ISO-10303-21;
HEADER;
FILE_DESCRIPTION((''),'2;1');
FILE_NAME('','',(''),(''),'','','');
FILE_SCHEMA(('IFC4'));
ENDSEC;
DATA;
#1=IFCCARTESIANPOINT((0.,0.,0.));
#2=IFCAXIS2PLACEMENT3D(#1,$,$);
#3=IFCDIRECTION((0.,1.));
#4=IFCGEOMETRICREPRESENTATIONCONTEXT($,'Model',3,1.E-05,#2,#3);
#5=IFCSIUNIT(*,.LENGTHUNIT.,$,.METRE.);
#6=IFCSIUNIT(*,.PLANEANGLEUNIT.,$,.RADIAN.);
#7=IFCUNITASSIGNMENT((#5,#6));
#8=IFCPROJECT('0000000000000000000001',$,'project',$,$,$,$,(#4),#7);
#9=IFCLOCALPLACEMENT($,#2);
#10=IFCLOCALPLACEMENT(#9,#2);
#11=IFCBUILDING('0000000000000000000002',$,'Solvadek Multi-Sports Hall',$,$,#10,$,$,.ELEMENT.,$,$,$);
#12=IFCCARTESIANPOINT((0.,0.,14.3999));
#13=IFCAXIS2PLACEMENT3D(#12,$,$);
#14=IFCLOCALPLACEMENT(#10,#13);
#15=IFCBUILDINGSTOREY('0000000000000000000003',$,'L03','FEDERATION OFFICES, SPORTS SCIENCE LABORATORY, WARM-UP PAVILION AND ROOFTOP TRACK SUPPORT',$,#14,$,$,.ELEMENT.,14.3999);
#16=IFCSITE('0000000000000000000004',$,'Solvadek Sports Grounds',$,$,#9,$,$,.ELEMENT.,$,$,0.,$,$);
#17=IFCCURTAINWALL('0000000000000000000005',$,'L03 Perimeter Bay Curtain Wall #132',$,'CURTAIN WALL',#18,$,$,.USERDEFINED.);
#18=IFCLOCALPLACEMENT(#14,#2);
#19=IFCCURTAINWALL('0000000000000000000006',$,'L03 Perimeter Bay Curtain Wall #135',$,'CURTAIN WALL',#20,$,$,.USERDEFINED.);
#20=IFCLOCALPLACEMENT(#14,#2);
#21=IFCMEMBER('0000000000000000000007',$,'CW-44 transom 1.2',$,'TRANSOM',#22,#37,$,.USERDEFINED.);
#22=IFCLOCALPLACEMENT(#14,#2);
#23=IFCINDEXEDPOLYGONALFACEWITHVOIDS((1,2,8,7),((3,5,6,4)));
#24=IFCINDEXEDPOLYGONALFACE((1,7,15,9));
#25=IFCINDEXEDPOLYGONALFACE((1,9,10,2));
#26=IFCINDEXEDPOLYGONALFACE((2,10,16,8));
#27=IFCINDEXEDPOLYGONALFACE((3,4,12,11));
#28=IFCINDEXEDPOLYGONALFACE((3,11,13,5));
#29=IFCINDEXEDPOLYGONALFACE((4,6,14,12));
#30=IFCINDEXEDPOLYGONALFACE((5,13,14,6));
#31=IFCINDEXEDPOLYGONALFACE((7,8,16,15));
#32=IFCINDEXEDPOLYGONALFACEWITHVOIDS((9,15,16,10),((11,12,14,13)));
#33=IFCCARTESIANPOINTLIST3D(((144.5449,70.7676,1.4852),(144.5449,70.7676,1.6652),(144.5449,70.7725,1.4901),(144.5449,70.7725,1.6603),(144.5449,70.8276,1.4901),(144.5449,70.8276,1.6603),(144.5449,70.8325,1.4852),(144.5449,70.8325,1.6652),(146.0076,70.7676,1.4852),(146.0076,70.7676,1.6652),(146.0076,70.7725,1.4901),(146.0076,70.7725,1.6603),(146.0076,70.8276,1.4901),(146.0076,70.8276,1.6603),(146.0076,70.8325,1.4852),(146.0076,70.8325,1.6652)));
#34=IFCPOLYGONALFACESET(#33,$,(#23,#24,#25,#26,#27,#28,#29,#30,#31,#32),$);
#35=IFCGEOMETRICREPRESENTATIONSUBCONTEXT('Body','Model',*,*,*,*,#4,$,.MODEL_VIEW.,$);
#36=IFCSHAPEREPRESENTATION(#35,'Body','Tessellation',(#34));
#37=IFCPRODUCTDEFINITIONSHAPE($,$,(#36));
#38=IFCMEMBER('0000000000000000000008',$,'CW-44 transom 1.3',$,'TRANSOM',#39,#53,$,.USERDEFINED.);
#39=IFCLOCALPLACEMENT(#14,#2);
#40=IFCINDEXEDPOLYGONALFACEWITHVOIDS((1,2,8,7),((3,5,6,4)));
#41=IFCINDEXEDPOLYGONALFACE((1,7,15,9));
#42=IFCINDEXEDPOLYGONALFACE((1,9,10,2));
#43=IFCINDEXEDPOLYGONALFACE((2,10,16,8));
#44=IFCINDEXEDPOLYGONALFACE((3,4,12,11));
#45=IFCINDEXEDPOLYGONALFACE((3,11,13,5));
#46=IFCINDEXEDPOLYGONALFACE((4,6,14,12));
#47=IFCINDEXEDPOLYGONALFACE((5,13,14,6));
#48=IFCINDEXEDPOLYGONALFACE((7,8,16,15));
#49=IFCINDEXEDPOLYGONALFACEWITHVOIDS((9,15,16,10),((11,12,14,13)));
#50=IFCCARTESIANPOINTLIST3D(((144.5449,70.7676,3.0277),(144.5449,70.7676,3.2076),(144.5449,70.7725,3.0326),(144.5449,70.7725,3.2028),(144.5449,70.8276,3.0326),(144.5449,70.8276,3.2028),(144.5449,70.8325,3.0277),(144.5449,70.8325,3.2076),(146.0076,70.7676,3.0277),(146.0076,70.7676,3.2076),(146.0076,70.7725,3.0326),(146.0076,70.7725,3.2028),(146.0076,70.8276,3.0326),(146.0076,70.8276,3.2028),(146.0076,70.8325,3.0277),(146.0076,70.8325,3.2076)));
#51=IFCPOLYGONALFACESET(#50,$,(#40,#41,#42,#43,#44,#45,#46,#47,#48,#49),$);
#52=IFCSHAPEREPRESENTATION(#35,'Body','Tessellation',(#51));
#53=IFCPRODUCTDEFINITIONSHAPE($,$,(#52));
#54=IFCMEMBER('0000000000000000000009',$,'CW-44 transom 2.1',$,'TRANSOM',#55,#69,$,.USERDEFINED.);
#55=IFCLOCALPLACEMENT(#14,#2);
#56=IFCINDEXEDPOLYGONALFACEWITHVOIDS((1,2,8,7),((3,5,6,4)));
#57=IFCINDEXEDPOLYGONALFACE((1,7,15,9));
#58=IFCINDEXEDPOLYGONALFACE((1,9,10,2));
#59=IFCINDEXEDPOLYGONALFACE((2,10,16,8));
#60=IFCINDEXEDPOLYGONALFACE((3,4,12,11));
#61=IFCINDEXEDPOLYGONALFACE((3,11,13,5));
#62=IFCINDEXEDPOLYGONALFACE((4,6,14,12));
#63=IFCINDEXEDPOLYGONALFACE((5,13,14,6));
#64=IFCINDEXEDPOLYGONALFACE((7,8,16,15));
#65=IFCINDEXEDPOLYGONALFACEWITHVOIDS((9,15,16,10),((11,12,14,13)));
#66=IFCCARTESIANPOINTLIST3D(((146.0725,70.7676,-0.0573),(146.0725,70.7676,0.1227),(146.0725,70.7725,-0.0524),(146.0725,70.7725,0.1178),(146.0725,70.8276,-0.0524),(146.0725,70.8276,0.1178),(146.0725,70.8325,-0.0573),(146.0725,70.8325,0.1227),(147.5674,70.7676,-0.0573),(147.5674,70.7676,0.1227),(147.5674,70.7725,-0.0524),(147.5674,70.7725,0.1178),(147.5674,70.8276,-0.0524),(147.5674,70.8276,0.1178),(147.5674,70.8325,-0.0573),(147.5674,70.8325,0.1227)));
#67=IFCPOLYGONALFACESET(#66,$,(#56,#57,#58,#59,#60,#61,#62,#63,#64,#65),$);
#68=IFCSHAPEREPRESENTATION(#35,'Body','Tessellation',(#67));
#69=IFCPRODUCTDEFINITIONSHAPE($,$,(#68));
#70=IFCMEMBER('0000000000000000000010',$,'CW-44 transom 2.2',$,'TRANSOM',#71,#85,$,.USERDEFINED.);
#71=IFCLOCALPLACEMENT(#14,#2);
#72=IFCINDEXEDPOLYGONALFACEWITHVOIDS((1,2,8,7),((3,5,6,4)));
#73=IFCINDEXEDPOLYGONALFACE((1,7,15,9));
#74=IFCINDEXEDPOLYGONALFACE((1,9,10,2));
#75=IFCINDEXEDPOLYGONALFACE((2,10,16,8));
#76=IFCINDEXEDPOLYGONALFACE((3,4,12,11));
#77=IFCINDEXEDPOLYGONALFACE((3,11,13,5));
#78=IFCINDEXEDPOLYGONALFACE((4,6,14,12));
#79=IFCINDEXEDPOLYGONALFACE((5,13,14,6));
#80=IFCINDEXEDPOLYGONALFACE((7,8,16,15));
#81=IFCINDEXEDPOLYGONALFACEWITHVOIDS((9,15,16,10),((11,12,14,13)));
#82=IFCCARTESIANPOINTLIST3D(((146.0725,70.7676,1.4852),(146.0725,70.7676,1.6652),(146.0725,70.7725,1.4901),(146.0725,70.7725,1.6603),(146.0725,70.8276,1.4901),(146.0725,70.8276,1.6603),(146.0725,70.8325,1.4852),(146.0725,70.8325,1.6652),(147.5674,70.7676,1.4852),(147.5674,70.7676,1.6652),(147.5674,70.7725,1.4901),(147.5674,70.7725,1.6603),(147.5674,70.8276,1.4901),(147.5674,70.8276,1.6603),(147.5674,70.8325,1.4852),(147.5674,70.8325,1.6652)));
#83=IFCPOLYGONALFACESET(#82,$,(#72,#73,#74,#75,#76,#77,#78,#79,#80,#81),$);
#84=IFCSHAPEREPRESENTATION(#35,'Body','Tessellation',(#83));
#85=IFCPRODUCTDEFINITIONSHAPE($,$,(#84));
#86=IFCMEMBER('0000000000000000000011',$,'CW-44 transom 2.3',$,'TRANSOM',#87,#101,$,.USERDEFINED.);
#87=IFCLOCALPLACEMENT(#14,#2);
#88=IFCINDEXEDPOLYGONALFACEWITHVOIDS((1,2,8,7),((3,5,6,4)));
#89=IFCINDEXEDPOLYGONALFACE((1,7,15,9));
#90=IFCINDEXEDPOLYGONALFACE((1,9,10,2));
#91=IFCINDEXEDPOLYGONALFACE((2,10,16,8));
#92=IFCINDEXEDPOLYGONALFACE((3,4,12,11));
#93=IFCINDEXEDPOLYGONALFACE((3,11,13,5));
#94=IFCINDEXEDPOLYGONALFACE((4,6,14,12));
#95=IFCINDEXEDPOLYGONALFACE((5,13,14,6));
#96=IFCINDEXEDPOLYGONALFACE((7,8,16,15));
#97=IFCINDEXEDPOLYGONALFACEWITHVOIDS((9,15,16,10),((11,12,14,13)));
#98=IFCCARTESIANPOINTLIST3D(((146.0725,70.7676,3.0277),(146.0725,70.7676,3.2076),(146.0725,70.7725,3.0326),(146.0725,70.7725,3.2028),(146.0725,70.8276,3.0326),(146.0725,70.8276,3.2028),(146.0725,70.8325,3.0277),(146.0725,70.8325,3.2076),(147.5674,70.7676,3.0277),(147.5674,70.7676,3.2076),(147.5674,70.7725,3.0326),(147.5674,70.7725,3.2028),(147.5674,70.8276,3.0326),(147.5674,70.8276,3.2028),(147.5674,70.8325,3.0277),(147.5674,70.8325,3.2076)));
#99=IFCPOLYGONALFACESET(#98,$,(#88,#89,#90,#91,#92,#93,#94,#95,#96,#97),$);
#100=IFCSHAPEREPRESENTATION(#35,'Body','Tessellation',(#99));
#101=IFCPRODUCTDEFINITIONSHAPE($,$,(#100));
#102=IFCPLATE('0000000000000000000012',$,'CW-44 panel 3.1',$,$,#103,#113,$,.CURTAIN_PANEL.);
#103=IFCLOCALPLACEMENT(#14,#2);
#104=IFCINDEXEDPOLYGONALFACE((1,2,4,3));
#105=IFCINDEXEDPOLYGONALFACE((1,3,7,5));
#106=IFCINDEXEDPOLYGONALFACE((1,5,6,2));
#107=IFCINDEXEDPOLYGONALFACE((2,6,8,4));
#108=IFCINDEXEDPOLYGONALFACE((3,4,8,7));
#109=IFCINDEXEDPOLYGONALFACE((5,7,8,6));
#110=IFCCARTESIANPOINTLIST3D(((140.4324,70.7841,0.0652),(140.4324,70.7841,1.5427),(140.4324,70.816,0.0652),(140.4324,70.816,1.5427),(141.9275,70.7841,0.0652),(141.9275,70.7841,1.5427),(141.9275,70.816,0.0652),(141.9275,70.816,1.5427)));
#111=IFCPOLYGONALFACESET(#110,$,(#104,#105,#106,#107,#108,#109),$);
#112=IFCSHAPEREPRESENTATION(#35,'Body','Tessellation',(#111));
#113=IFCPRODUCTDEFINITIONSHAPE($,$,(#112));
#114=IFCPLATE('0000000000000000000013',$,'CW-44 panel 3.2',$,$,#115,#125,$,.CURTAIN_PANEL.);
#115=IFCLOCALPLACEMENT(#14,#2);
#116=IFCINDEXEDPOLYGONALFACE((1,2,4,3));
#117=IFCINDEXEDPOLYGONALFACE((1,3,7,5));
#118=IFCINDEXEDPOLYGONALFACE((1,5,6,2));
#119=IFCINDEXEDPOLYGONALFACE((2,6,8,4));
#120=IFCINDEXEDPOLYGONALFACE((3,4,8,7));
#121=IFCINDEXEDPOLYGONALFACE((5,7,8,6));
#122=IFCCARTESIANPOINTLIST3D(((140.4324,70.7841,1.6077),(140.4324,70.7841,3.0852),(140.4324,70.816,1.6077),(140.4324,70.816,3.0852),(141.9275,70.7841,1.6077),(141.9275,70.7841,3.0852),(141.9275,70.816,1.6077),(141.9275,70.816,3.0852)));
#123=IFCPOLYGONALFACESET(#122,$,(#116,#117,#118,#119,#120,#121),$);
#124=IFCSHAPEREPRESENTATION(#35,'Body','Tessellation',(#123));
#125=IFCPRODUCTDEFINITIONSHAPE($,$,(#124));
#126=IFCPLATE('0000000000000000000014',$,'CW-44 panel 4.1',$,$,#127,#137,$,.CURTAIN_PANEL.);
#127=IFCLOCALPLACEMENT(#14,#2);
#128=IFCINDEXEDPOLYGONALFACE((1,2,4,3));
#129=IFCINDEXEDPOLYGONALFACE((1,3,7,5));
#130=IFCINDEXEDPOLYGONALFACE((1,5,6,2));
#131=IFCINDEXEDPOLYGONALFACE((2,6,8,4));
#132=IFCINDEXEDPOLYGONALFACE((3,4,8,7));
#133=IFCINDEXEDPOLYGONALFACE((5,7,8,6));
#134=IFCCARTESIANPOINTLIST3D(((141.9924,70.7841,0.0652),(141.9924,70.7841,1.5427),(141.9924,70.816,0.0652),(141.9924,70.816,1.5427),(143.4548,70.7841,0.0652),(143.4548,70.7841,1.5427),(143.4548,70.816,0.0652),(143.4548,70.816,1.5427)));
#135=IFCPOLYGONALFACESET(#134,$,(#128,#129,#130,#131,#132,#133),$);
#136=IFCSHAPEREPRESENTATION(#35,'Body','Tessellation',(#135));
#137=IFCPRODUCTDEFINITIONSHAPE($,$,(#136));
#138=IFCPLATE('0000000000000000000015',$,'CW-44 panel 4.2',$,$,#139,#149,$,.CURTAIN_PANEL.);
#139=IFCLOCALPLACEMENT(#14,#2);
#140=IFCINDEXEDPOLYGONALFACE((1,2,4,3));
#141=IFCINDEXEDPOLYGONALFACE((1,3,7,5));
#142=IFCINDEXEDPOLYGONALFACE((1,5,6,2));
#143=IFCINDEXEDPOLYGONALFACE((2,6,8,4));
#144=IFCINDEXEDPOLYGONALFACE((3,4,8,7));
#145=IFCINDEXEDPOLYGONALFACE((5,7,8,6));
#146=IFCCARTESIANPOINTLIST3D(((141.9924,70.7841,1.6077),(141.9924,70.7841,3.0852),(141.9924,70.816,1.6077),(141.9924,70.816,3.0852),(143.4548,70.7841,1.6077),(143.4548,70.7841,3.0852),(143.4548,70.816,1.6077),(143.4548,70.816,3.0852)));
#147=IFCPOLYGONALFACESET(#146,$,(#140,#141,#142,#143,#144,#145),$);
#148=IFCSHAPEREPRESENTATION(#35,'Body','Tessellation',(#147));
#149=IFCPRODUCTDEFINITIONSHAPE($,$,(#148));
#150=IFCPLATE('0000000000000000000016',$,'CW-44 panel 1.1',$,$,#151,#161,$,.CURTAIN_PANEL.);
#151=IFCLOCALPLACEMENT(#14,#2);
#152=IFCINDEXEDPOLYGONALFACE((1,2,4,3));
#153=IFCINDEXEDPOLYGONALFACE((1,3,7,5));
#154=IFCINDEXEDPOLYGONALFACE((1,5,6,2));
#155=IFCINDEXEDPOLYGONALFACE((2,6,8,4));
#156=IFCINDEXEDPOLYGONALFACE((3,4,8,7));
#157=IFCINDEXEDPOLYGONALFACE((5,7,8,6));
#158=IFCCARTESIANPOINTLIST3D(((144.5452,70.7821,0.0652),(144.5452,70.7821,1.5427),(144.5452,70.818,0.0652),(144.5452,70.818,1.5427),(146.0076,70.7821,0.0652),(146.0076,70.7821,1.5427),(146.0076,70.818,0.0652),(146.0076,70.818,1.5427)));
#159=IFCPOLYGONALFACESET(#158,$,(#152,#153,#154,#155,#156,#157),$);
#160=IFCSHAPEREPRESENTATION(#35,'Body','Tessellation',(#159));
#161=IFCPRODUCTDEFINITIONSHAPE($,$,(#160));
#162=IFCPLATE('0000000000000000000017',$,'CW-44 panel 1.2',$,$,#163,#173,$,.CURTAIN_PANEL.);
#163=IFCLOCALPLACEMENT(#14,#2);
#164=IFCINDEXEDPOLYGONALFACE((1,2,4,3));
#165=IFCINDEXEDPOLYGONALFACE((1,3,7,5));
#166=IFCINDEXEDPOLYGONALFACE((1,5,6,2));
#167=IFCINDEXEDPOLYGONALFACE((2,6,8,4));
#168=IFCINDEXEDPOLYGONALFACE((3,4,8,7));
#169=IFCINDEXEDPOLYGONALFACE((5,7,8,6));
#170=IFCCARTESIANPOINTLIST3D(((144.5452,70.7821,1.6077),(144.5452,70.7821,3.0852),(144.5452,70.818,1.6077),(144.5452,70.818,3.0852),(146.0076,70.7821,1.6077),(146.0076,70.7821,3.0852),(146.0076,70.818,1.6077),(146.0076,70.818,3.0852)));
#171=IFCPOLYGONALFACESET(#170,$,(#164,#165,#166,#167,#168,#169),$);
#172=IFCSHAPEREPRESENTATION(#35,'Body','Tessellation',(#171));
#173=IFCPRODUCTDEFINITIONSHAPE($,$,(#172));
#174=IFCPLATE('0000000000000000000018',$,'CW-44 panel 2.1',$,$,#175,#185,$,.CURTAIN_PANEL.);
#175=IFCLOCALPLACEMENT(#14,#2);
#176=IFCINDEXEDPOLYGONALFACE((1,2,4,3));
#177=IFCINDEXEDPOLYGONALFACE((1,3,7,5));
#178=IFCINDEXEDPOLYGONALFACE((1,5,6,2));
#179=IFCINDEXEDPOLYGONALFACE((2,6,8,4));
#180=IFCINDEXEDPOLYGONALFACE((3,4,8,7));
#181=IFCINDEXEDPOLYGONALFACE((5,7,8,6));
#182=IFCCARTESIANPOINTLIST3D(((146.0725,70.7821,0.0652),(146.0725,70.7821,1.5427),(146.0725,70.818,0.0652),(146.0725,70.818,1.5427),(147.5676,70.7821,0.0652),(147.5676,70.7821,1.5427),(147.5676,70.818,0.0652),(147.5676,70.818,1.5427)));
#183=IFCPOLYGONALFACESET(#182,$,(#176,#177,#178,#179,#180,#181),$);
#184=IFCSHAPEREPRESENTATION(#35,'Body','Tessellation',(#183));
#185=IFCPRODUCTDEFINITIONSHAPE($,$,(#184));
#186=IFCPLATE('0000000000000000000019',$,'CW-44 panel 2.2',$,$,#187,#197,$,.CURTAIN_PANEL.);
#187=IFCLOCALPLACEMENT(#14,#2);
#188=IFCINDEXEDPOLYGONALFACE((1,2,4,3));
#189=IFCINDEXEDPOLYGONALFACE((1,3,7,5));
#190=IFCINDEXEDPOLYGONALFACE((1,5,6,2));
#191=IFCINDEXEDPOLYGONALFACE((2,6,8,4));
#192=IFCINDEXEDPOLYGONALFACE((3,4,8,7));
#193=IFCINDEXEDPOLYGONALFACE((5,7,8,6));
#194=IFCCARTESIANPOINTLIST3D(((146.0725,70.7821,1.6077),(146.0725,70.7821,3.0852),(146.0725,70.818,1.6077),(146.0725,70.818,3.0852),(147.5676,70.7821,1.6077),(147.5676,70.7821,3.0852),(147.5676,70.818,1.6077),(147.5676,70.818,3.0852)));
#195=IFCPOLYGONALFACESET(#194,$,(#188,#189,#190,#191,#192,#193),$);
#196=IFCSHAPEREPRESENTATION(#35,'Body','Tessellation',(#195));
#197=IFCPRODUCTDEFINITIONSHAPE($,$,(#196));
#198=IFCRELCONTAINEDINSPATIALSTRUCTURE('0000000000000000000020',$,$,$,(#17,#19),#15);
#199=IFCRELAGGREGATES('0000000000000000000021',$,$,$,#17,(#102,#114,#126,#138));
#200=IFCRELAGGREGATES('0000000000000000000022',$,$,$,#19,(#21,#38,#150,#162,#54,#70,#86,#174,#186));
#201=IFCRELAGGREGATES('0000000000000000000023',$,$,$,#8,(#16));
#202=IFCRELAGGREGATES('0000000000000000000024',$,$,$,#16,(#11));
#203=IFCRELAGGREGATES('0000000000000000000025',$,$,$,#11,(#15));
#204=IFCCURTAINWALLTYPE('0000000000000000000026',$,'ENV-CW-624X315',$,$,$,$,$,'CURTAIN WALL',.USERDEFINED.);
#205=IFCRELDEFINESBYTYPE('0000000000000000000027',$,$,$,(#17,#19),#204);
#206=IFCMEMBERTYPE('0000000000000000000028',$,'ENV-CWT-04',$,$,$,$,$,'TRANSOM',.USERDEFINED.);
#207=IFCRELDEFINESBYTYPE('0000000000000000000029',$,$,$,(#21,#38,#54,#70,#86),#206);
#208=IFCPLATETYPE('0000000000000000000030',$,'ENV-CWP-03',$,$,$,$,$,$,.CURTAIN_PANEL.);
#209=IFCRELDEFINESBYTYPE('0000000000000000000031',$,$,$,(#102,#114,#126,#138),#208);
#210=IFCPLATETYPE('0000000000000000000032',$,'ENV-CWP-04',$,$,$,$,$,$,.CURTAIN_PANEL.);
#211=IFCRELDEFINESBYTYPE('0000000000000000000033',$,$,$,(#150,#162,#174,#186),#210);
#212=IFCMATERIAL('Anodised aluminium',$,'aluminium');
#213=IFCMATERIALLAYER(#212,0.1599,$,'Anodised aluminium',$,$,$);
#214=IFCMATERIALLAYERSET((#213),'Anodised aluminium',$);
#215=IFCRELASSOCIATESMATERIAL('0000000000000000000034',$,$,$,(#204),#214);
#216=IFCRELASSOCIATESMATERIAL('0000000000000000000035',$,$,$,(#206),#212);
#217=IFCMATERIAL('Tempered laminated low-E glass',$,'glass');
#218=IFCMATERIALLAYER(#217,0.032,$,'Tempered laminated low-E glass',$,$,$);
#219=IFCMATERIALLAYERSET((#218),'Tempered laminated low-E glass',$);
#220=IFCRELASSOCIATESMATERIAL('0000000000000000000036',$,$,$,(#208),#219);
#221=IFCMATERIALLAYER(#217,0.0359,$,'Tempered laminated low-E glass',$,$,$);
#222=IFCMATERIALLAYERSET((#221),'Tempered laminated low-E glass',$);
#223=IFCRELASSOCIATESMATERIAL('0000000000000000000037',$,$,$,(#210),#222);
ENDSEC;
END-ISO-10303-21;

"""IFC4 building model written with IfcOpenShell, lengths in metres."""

from ifc_helpers import new_model, si_unit, direction, frame, origin, origin_2d, place, context, subcontext, project, spatial, rectangle, hollow_rectangle, extrude, material, layer, layer_set, material_profile, profile_set, type_object, element, aggregate, save


model = new_model("IFC4")

# Units and contexts
model_context = context("Model", 3, precision=1e-05, world=origin(), true_north=direction((0.0, 1.0)))
body_context = subcontext(model_context, "Body", "Model", "MODEL_VIEW")
ifc_project = project(units=[si_unit("LENGTHUNIT", "METRE"), si_unit("PLANEANGLEUNIT", "RADIAN")], contexts=[model_context])

# Site, building, storey
site_placement = place(None, origin())
site = spatial("IfcSite", under=ifc_project, at=site_placement, Name="Solvadek Sports Grounds", CompositionType="ELEMENT", RefElevation=0.0)
building_placement = place(site_placement, origin())
building = spatial("IfcBuilding", under=site, at=building_placement, Name="Solvadek Multi-Sports Hall", CompositionType="ELEMENT")
storey_placement = place(building_placement, frame((0.0, 0.0, 14.3999)))
storey = spatial("IfcBuildingStorey", under=building, at=storey_placement, Name="L03", Description="FEDERATION OFFICES, SPORTS SCIENCE LABORATORY, WARM-UP PAVILION AND ROOFTOP TRACK SUPPORT", CompositionType="ELEMENT", Elevation=14.3999)

# Curtain walls
ifc_material_1 = material(Name="Anodised aluminium", Category="aluminium")
ifc_layer_1 = layer(ifc_material_1, 0.1599, Name="Anodised aluminium")
ifc_layer_set_1 = layer_set([ifc_layer_1], Name="Anodised aluminium")
curtain_wall_type = type_object("IfcCurtainWallType", Name="ENV-CW-624X315", ElementType="CURTAIN WALL", PredefinedType="USERDEFINED", material=ifc_layer_set_1)
curtain_wall_1_placement = place(storey_placement, origin())
curtain_wall_1 = element("IfcCurtainWall", 1, at=curtain_wall_1_placement, inside=storey, type_object=curtain_wall_type, Name="L03 Perimeter Bay Curtain Wall #132", ObjectType="CURTAIN WALL", PredefinedType="USERDEFINED")
curtain_wall_2_placement = place(storey_placement, origin())
curtain_wall_2 = element("IfcCurtainWall", 2, at=curtain_wall_2_placement, inside=storey, type_object=curtain_wall_type, Name="L03 Perimeter Bay Curtain Wall #135", ObjectType="CURTAIN WALL", PredefinedType="USERDEFINED")

# Members
ifc_material_profile_1 = material_profile(ifc_material_1, hollow_rectangle(XDim=0.0649, YDim=0.1799, WallThickness=0.0049, at=origin_2d()), Name="ALU-T 180x65x5")
ifc_profile_set_1 = profile_set([ifc_material_profile_1], Name="Anodised aluminium")
member_type_1 = type_object("IfcMemberType", Name="ENV-CWT-04", ElementType="TRANSOM", PredefinedType="USERDEFINED", material=ifc_profile_set_1)
member_1_placement = place(storey_placement, frame((144.5449, 70.8, 1.5752), z_axis=(1.0, 0.0, 0.0), x_axis=(0.0, 1.0, 0.0)))
member_1 = element("IfcMember", 3, at=member_1_placement, type_object=member_type_1, Name="CW-44 transom 1.2", ObjectType="TRANSOM", PredefinedType="USERDEFINED", context=body_context, shape_type="SweptSolid", body=[
    extrude(hollow_rectangle(XDim=0.0649, YDim=0.1799, WallThickness=0.0049, at=origin_2d()), origin(), (0.0, 0.0, 1.0), 1.4626),
])
member_2_placement = place(storey_placement, frame((144.5449, 70.8, 3.1177), z_axis=(1.0, 0.0, 0.0), x_axis=(0.0, 1.0, 0.0)))
member_2 = element("IfcMember", 4, at=member_2_placement, type_object=member_type_1, Name="CW-44 transom 1.3", ObjectType="TRANSOM", PredefinedType="USERDEFINED", context=body_context, shape_type="SweptSolid", body=[
    extrude(hollow_rectangle(XDim=0.0649, YDim=0.1799, WallThickness=0.0049, at=origin_2d()), origin(), (0.0, 0.0, 1.0), 1.4626),
])
member_3_placement = place(storey_placement, frame((146.0725, 70.8, 0.0327), z_axis=(1.0, 0.0, 0.0), x_axis=(0.0, 1.0, 0.0)))
member_3 = element("IfcMember", 5, at=member_3_placement, type_object=member_type_1, Name="CW-44 transom 2.1", ObjectType="TRANSOM", PredefinedType="USERDEFINED", context=body_context, shape_type="SweptSolid", body=[
    extrude(hollow_rectangle(XDim=0.0649, YDim=0.1799, WallThickness=0.0049, at=origin_2d()), origin(), (0.0, 0.0, 1.0), 1.4949),
])
member_4_placement = place(storey_placement, frame((146.0725, 70.8, 1.5752), z_axis=(1.0, 0.0, 0.0), x_axis=(0.0, 1.0, 0.0)))
member_4 = element("IfcMember", 6, at=member_4_placement, type_object=member_type_1, Name="CW-44 transom 2.2", ObjectType="TRANSOM", PredefinedType="USERDEFINED", context=body_context, shape_type="SweptSolid", body=[
    extrude(hollow_rectangle(XDim=0.0649, YDim=0.1799, WallThickness=0.0049, at=origin_2d()), origin(), (0.0, 0.0, 1.0), 1.4949),
])
member_5_placement = place(storey_placement, frame((146.0725, 70.8, 3.1177), z_axis=(1.0, 0.0, 0.0), x_axis=(0.0, 1.0, 0.0)))
member_5 = element("IfcMember", 7, at=member_5_placement, type_object=member_type_1, Name="CW-44 transom 2.3", ObjectType="TRANSOM", PredefinedType="USERDEFINED", context=body_context, shape_type="SweptSolid", body=[
    extrude(hollow_rectangle(XDim=0.0649, YDim=0.1799, WallThickness=0.0049, at=origin_2d()), origin(), (0.0, 0.0, 1.0), 1.4949),
])

# Plates
ifc_material_2 = material(Name="Tempered laminated low-E glass", Category="glass")
ifc_layer_2 = layer(ifc_material_2, 0.032, Name="Tempered laminated low-E glass")
ifc_layer_set_2 = layer_set([ifc_layer_2], Name="Tempered laminated low-E glass")
plate_type_1 = type_object("IfcPlateType", Name="ENV-CWP-03", PredefinedType="CURTAIN_PANEL", material=ifc_layer_set_2)
plate_1_placement = place(storey_placement, frame((141.1799, 70.8, 0.0652), z_axis=(0.0, 0.0, 1.0), x_axis=(1.0, 0.0, 0.0)))
plate_1 = element("IfcPlate", 8, at=plate_1_placement, type_object=plate_type_1, Name="CW-44 panel 3.1", PredefinedType="CURTAIN_PANEL", context=body_context, shape_type="SweptSolid", body=[
    extrude(rectangle(XDim=1.4951, YDim=0.032, at=origin_2d()), origin(), (0.0, 0.0, 1.0), 1.4775),
])
plate_2_placement = place(storey_placement, frame((141.1799, 70.8, 1.6077), z_axis=(0.0, 0.0, 1.0), x_axis=(1.0, 0.0, 0.0)))
plate_2 = element("IfcPlate", 9, at=plate_2_placement, type_object=plate_type_1, Name="CW-44 panel 3.2", PredefinedType="CURTAIN_PANEL", context=body_context, shape_type="SweptSolid", body=[
    extrude(rectangle(XDim=1.4951, YDim=0.032, at=origin_2d()), origin(), (0.0, 0.0, 1.0), 1.4775),
])
plate_3_placement = place(storey_placement, frame((142.7236, 70.8, 0.0652), z_axis=(0.0, 0.0, 1.0), x_axis=(1.0, 0.0, 0.0)))
plate_3 = element("IfcPlate", 10, at=plate_3_placement, type_object=plate_type_1, Name="CW-44 panel 4.1", PredefinedType="CURTAIN_PANEL", context=body_context, shape_type="SweptSolid", body=[
    extrude(rectangle(XDim=1.4624, YDim=0.032, at=origin_2d()), origin(), (0.0, 0.0, 1.0), 1.4775),
])
plate_4_placement = place(storey_placement, frame((142.7236, 70.8, 1.6077), z_axis=(0.0, 0.0, 1.0), x_axis=(1.0, 0.0, 0.0)))
plate_4 = element("IfcPlate", 11, at=plate_4_placement, type_object=plate_type_1, Name="CW-44 panel 4.2", PredefinedType="CURTAIN_PANEL", context=body_context, shape_type="SweptSolid", body=[
    extrude(rectangle(XDim=1.4624, YDim=0.032, at=origin_2d()), origin(), (0.0, 0.0, 1.0), 1.4775),
])
aggregate(curtain_wall_1, [plate_1, plate_2, plate_3, plate_4])
ifc_layer_3 = layer(ifc_material_2, 0.0359, Name="Tempered laminated low-E glass")
ifc_layer_set_3 = layer_set([ifc_layer_3], Name="Tempered laminated low-E glass")
plate_type_2 = type_object("IfcPlateType", Name="ENV-CWP-04", PredefinedType="CURTAIN_PANEL", material=ifc_layer_set_3)
plate_5_placement = place(storey_placement, frame((145.2764, 70.8, 0.0652), z_axis=(0.0, 0.0, 1.0), x_axis=(1.0, 0.0, 0.0)))
plate_5 = element("IfcPlate", 12, at=plate_5_placement, type_object=plate_type_2, Name="CW-44 panel 1.1", PredefinedType="CURTAIN_PANEL", context=body_context, shape_type="SweptSolid", body=[
    extrude(rectangle(XDim=1.4624, YDim=0.0359, at=origin_2d()), origin(), (0.0, 0.0, 1.0), 1.4775),
])
plate_6_placement = place(storey_placement, frame((145.2764, 70.8, 1.6077), z_axis=(0.0, 0.0, 1.0), x_axis=(1.0, 0.0, 0.0)))
plate_6 = element("IfcPlate", 13, at=plate_6_placement, type_object=plate_type_2, Name="CW-44 panel 1.2", PredefinedType="CURTAIN_PANEL", context=body_context, shape_type="SweptSolid", body=[
    extrude(rectangle(XDim=1.4624, YDim=0.0359, at=origin_2d()), origin(), (0.0, 0.0, 1.0), 1.4775),
])
plate_7_placement = place(storey_placement, frame((146.8201, 70.8, 0.0652), z_axis=(0.0, 0.0, 1.0), x_axis=(1.0, 0.0, 0.0)))
plate_7 = element("IfcPlate", 14, at=plate_7_placement, type_object=plate_type_2, Name="CW-44 panel 2.1", PredefinedType="CURTAIN_PANEL", context=body_context, shape_type="SweptSolid", body=[
    extrude(rectangle(XDim=1.4951, YDim=0.0359, at=origin_2d()), origin(), (0.0, 0.0, 1.0), 1.4775),
])
plate_8_placement = place(storey_placement, frame((146.8201, 70.8, 1.6077), z_axis=(0.0, 0.0, 1.0), x_axis=(1.0, 0.0, 0.0)))
plate_8 = element("IfcPlate", 15, at=plate_8_placement, type_object=plate_type_2, Name="CW-44 panel 2.2", PredefinedType="CURTAIN_PANEL", context=body_context, shape_type="SweptSolid", body=[
    extrude(rectangle(XDim=1.4951, YDim=0.0359, at=origin_2d()), origin(), (0.0, 0.0, 1.0), 1.4775),
])
aggregate(curtain_wall_2, [member_1, member_2, plate_5, plate_6, member_3, member_4, member_5, plate_7, plate_8])

save(model, "model.ifc")
